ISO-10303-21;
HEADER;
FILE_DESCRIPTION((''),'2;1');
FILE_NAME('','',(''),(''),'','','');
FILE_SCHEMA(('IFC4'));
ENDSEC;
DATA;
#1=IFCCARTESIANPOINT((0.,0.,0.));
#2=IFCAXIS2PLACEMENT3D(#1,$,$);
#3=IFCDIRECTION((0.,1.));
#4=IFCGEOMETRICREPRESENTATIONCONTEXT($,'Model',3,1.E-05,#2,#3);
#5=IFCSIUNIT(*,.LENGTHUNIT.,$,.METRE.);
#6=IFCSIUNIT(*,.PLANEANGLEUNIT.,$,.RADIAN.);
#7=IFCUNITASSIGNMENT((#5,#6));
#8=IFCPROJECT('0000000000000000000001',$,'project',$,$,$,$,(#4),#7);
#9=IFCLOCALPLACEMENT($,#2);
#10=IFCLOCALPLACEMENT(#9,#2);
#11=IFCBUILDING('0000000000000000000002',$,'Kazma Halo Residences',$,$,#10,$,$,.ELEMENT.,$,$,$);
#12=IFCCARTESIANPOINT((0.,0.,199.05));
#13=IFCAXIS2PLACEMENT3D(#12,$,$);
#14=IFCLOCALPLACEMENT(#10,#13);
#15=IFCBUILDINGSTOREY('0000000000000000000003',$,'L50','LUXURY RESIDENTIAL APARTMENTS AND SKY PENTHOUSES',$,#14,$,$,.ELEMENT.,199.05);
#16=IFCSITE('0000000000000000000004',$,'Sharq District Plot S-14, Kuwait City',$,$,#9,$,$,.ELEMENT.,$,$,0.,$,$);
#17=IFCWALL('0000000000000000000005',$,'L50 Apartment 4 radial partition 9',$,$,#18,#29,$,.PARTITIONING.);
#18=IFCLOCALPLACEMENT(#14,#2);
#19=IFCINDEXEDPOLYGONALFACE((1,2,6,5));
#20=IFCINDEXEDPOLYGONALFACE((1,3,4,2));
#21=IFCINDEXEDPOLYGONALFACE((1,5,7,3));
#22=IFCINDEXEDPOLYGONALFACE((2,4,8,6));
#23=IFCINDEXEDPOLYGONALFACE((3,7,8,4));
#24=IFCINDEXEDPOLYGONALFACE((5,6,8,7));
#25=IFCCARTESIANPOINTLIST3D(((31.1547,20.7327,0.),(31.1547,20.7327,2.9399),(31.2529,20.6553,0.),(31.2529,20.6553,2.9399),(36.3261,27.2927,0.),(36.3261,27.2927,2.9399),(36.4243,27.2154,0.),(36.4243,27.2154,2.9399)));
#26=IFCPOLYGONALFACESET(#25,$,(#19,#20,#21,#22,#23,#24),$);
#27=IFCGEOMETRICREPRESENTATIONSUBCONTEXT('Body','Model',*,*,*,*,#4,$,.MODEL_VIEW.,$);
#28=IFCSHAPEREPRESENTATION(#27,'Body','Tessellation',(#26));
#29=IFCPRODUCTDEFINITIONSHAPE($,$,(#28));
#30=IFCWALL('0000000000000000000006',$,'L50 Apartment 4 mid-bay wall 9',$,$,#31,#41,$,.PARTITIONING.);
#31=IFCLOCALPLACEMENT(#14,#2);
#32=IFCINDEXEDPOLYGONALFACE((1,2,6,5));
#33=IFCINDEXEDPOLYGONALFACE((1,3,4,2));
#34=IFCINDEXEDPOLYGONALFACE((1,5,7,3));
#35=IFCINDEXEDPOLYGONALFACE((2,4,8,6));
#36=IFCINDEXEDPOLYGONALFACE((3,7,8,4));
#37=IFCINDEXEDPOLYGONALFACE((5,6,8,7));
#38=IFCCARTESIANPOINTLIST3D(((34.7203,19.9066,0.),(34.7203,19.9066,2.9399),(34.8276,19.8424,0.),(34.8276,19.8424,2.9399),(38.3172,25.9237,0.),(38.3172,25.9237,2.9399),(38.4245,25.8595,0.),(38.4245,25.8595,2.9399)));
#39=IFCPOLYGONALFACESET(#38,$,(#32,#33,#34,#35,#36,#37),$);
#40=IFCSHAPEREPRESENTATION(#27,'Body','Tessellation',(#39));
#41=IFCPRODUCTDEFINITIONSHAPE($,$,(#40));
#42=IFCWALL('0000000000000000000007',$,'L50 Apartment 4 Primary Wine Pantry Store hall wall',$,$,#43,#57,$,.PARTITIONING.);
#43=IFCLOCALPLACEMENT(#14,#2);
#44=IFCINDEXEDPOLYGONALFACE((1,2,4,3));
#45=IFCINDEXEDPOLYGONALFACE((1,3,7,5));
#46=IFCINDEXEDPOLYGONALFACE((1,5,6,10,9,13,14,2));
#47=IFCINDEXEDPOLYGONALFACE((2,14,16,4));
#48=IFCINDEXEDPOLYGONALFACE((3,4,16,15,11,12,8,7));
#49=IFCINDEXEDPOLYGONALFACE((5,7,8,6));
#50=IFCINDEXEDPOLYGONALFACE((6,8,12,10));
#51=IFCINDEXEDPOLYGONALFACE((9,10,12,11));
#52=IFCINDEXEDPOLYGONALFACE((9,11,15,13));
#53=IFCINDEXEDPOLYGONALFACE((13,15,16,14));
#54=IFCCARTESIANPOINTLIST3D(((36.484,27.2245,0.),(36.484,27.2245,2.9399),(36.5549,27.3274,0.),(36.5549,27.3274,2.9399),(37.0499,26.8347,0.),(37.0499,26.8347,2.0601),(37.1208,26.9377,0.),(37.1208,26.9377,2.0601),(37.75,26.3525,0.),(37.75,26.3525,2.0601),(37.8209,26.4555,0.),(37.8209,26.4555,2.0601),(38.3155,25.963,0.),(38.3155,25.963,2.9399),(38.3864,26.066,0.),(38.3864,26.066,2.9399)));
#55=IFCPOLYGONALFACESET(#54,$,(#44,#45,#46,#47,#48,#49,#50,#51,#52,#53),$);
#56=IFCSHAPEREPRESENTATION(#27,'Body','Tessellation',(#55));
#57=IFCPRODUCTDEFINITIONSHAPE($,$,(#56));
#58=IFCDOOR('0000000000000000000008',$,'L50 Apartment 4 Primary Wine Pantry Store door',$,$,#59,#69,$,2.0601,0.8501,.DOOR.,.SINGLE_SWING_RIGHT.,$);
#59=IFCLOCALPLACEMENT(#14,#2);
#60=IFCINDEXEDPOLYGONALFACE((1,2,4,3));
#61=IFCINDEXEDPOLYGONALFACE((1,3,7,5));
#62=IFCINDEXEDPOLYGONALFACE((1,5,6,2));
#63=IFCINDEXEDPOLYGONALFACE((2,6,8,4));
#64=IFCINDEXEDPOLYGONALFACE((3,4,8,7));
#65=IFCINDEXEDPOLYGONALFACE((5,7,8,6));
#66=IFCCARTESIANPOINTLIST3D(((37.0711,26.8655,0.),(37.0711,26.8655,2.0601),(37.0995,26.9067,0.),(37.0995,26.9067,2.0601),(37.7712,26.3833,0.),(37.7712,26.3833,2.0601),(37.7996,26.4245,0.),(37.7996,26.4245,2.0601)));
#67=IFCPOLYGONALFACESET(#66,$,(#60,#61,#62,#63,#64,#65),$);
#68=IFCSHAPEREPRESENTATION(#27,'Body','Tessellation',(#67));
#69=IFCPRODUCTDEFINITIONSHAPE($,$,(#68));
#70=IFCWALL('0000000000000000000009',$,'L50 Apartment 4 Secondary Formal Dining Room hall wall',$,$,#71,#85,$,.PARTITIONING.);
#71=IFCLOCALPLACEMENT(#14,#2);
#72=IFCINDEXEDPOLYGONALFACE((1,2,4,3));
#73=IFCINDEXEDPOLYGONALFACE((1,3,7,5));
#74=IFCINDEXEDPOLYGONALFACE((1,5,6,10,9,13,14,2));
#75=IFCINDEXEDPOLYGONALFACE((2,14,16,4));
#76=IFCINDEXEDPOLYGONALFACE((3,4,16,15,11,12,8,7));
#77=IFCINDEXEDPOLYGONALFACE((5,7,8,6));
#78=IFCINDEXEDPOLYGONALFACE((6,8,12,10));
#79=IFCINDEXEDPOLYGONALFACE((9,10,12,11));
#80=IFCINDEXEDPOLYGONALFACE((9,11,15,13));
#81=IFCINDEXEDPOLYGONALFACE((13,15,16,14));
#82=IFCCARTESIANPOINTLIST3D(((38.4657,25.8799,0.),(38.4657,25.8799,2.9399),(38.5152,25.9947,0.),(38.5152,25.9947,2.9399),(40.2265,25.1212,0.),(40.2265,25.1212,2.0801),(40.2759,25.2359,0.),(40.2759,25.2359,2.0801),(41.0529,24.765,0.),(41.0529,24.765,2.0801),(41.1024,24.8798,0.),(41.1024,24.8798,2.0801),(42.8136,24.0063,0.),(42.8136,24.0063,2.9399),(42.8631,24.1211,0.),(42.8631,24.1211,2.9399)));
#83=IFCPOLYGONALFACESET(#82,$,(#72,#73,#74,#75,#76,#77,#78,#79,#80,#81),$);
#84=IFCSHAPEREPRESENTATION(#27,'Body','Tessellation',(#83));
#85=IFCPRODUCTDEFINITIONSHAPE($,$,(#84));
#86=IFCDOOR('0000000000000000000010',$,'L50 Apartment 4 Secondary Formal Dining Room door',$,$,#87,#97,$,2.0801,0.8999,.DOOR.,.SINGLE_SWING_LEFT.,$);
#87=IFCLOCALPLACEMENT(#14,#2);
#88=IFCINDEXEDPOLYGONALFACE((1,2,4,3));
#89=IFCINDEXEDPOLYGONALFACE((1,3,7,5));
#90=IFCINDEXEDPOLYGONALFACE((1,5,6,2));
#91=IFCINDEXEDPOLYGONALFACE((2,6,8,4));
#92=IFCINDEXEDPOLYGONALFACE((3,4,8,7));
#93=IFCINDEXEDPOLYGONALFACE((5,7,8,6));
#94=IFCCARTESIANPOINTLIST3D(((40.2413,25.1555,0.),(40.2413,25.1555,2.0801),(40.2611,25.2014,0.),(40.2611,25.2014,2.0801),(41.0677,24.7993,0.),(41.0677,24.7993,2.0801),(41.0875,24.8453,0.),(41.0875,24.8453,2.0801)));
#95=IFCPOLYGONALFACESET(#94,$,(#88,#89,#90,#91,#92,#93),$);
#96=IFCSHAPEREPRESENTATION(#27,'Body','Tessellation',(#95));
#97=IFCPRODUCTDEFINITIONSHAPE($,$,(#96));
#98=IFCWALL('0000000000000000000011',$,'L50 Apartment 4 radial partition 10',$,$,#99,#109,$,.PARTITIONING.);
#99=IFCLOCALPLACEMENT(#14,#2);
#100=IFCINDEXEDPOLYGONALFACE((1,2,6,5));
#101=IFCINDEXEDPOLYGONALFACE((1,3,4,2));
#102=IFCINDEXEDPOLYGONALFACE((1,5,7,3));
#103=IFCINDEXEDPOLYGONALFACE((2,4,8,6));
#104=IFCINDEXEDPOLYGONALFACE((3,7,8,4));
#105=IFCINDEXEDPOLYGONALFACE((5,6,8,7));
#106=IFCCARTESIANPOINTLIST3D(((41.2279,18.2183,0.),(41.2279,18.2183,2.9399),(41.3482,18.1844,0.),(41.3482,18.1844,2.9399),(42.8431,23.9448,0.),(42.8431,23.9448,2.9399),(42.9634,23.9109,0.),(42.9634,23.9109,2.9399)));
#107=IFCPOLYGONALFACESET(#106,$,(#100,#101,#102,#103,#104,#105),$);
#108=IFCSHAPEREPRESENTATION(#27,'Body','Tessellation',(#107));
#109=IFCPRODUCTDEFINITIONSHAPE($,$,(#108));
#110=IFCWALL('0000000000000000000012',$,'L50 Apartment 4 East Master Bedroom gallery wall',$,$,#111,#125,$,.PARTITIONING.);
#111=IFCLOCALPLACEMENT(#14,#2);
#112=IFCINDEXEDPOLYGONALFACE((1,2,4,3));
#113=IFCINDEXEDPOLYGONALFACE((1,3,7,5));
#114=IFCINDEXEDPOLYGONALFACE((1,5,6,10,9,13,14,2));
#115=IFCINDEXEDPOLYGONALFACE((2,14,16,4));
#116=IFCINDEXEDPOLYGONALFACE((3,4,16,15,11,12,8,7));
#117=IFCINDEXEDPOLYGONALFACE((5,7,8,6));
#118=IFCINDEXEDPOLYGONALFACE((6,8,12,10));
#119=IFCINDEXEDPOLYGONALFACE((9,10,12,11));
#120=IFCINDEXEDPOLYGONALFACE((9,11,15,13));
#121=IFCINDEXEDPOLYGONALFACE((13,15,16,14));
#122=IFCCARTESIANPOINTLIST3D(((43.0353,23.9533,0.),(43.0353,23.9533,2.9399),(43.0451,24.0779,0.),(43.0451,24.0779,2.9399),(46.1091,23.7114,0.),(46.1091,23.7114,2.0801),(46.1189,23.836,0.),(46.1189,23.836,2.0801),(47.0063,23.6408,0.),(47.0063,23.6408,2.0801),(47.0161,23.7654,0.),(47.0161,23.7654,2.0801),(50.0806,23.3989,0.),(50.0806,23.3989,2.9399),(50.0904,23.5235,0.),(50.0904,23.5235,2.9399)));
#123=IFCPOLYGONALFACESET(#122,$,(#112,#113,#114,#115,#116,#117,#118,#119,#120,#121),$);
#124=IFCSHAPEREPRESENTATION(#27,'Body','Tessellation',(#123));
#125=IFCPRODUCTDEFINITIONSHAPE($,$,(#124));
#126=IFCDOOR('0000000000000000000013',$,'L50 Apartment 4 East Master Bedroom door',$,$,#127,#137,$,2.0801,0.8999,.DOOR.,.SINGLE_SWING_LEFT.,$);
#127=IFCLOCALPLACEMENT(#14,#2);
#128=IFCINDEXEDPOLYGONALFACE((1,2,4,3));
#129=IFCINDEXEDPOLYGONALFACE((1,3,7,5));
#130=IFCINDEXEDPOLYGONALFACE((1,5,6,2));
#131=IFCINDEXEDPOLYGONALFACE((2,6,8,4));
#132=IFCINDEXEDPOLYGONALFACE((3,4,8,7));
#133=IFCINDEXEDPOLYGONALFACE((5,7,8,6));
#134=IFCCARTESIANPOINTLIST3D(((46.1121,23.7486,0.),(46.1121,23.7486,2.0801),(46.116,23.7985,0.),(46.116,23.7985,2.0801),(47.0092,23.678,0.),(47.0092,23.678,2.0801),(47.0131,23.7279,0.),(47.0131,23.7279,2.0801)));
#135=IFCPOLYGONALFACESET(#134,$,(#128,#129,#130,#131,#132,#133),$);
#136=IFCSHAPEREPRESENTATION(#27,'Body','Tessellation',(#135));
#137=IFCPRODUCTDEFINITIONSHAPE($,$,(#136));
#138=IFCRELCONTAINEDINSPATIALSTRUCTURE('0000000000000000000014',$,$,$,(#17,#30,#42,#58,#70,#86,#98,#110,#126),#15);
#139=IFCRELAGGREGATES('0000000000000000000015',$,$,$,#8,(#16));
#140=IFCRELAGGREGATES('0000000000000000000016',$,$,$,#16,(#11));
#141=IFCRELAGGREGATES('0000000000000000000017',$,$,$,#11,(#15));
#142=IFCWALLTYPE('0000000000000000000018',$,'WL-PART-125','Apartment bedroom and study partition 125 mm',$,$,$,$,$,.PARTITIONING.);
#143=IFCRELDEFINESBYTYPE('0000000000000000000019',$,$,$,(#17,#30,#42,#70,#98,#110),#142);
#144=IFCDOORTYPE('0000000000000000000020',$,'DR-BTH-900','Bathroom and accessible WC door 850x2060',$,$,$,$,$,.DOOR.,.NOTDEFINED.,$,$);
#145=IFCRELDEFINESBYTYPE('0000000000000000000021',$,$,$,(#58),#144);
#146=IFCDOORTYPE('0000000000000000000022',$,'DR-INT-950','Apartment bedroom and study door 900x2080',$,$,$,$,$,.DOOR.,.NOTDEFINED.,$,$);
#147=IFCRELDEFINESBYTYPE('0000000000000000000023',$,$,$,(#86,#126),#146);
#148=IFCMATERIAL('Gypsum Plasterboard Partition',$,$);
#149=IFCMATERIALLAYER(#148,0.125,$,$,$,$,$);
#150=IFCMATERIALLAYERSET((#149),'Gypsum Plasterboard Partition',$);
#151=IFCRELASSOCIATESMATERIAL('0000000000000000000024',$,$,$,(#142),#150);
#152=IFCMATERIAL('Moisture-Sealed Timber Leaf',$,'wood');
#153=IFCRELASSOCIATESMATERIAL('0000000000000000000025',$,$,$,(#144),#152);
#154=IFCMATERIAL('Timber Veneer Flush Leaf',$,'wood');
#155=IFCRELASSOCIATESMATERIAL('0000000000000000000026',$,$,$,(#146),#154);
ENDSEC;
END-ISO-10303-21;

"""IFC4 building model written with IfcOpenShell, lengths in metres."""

from ifc_helpers import new_model, si_unit, direction, frame, frame_2d, origin, place, context, subcontext, project, spatial, rectangle, extrude, material, layer, layer_set, type_object, element, fill, save


model = new_model("IFC4")

# Units and contexts
model_context = context("Model", 3, precision=1e-05, world=origin(), true_north=direction((0.0, 1.0)))
body_context = subcontext(model_context, "Body", "Model", "MODEL_VIEW")
ifc_project = project(units=[si_unit("LENGTHUNIT", "METRE"), si_unit("PLANEANGLEUNIT", "RADIAN")], contexts=[model_context])

# Site, building, storey
site_placement = place(None, origin())
site = spatial("IfcSite", under=ifc_project, at=site_placement, Name="Sharq District Plot S-14, Kuwait City", CompositionType="ELEMENT", RefElevation=0.0)
building_placement = place(site_placement, origin())
building = spatial("IfcBuilding", under=site, at=building_placement, Name="Kazma Halo Residences", CompositionType="ELEMENT")
storey_placement = place(building_placement, frame((0.0, 0.0, 199.05)))
storey = spatial("IfcBuildingStorey", under=building, at=storey_placement, Name="L50", Description="LUXURY RESIDENTIAL APARTMENTS AND SKY PENTHOUSES", CompositionType="ELEMENT", Elevation=199.05)

# Walls
ifc_material_1 = material(Name="Gypsum Plasterboard Partition")
ifc_layer_1 = layer(ifc_material_1, 0.125)
ifc_layer_set_1 = layer_set([ifc_layer_1], Name="Gypsum Plasterboard Partition")
wall_type_1 = type_object("IfcWallType", Name="WL-PART-125", Description="Apartment bedroom and study partition 125 mm", PredefinedType="PARTITIONING", material=ifc_layer_set_1)
wall_1_placement = place(storey_placement, frame((36.3752, 27.2542, 0.0), z_axis=(0.0, 0.0, 1.0), x_axis=(-0.619083, -0.785325, 0.0)))
element("IfcWall", 1, at=wall_1_placement, inside=storey, type_object=wall_type_1, Name="L50 Apartment 4 radial partition 9", PredefinedType="PARTITIONING", context=body_context, shape_type="SweptSolid", body=[
    extrude(rectangle(XDim=8.3533, YDim=0.125, at=frame_2d((4.1768, 0.0))), origin(), (0.0, 0.0, 1.0), 2.9399),
])
wall_2_placement = place(storey_placement, frame((38.3708, 25.8916, 0.0), z_axis=(0.0, 0.0, 1.0), x_axis=(-0.513097, -0.858331, 0.0)))
element("IfcWall", 2, at=wall_2_placement, inside=storey, type_object=wall_type_1, Name="L50 Apartment 4 mid-bay wall 9", PredefinedType="PARTITIONING", context=body_context, shape_type="SweptSolid", body=[
    extrude(rectangle(XDim=7.0103, YDim=0.125, at=frame_2d((3.5051, 0.0))), origin(), (0.0, 0.0, 1.0), 2.9399),
])

# Walls, openings, doors
wall_3_placement = place(storey_placement, frame((36.5195, 27.2759, 0.0), z_axis=(0.0, 0.0, 1.0), x_axis=(0.823561, -0.567227, 0.0)))
wall_3 = element("IfcWall", 3, at=wall_3_placement, inside=storey, type_object=wall_type_1, Name="L50 Apartment 4 Primary Wine Pantry Store hall wall", PredefinedType="PARTITIONING", context=body_context, shape_type="SweptSolid", body=[
    extrude(rectangle(XDim=2.2239, YDim=0.125, at=frame_2d((1.1118, 0.0))), origin(), (0.0, 0.0, 1.0), 2.9399),
])
opening_1_placement = place(wall_3_placement, frame((0.687, 0.0, 0.0)))
opening_1 = element("IfcOpeningElement", 4, at=opening_1_placement, cuts=wall_3, PredefinedType="OPENING", context=body_context, shape_type="SweptSolid", body=[
    extrude(rectangle(XDim=0.8501, YDim=2.0601, at=frame_2d((0.425, 1.03))), frame((0.0, 0.0725, 0.0), z_axis=(0.0, -1.0, 0.0), x_axis=(1.0, 0.0, 0.0)), (0.0, 0.0, 1.0), 0.145),
])
ifc_material_2 = material(Name="Moisture-Sealed Timber Leaf", Category="wood")
door_type_1 = type_object("IfcDoorType", Name="DR-BTH-900", Description="Bathroom and accessible WC door 850x2060", OperationType="NOTDEFINED", PredefinedType="DOOR", material=ifc_material_2)
door_1_placement = place(opening_1_placement, origin())
door_1 = element("IfcDoor", 5, at=door_1_placement, inside=storey, type_object=door_type_1, Name="L50 Apartment 4 Primary Wine Pantry Store door", OperationType="SINGLE_SWING_RIGHT", OverallHeight=2.0601, OverallWidth=0.8501, PredefinedType="DOOR", context=body_context, shape_type="SweptSolid", body=[
    extrude(rectangle(XDim=0.8501, YDim=2.0601, at=frame_2d((0.425, 1.03))), frame((0.0, 0.0249, 0.0), z_axis=(0.0, -1.0, 0.0), x_axis=(1.0, 0.0, 0.0)), (0.0, 0.0, 1.0), 0.05),
])
fill(opening_1, door_1)
wall_4_placement = place(storey_placement, frame((38.4905, 25.9373, 0.0), z_axis=(0.0, 0.0, 1.0), x_axis=(0.918367, -0.39573, 0.0)))
wall_4 = element("IfcWall", 6, at=wall_4_placement, inside=storey, type_object=wall_type_1, Name="L50 Apartment 4 Secondary Formal Dining Room hall wall", PredefinedType="PARTITIONING", context=body_context, shape_type="SweptSolid", body=[
    extrude(rectangle(XDim=4.7344, YDim=0.125, at=frame_2d((2.3672, 0.0))), origin(), (0.0, 0.0, 1.0), 2.9399),
])
opening_2_placement = place(wall_4_placement, frame((1.9172, 0.0, 0.0)))
opening_2 = element("IfcOpeningElement", 7, at=opening_2_placement, cuts=wall_4, PredefinedType="OPENING", context=body_context, shape_type="SweptSolid", body=[
    extrude(rectangle(XDim=0.8999, YDim=2.0801, at=frame_2d((0.45, 1.04))), frame((0.0, 0.0725, 0.0), z_axis=(0.0, -1.0, 0.0), x_axis=(1.0, 0.0, 0.0)), (0.0, 0.0, 1.0), 0.145),
])
ifc_material_3 = material(Name="Timber Veneer Flush Leaf", Category="wood")
door_type_2 = type_object("IfcDoorType", Name="DR-INT-950", Description="Apartment bedroom and study door 900x2080", OperationType="NOTDEFINED", PredefinedType="DOOR", material=ifc_material_3)
door_2_placement = place(opening_2_placement, origin())
door_2 = element("IfcDoor", 8, at=door_2_placement, inside=storey, type_object=door_type_2, Name="L50 Apartment 4 Secondary Formal Dining Room door", OperationType="SINGLE_SWING_LEFT", OverallHeight=2.0801, OverallWidth=0.8999, PredefinedType="DOOR", context=body_context, shape_type="SweptSolid", body=[
    extrude(rectangle(XDim=0.8999, YDim=2.0801, at=frame_2d((0.45, 1.04))), frame((0.0, 0.0249, 0.0), z_axis=(0.0, -1.0, 0.0), x_axis=(1.0, 0.0, 0.0)), (0.0, 0.0, 1.0), 0.05),
])
fill(opening_2, door_2)

# Wall
wall_5_placement = place(storey_placement, frame((42.9033, 23.928, 0.0), z_axis=(0.0, 0.0, 1.0), x_axis=(-0.271468, -0.962447, 0.0)))
element("IfcWall", 9, at=wall_5_placement, inside=storey, type_object=wall_type_1, Name="L50 Apartment 4 radial partition 10", PredefinedType="PARTITIONING", context=body_context, shape_type="SweptSolid", body=[
    extrude(rectangle(XDim=5.95, YDim=0.125, at=frame_2d((2.9751, 0.0))), origin(), (0.0, 0.0, 1.0), 2.9399),
])

# Wall, opening, door
wall_6_placement = place(storey_placement, frame((43.04, 24.0156, 0.0), z_axis=(0.0, 0.0, 1.0), x_axis=(0.996918, -0.078453, 0.0)))
wall_6 = element("IfcWall", 10, at=wall_6_placement, inside=storey, type_object=wall_type_1, Name="L50 Apartment 4 East Master Bedroom gallery wall", PredefinedType="PARTITIONING", context=body_context, shape_type="SweptSolid", body=[
    extrude(rectangle(XDim=7.0671, YDim=0.125, at=frame_2d((3.5337, 0.0))), origin(), (0.0, 0.0, 1.0), 2.9399),
])
opening_3_placement = place(wall_6_placement, frame((3.0835, 0.0, 0.0)))
opening_3 = element("IfcOpeningElement", 11, at=opening_3_placement, cuts=wall_6, PredefinedType="OPENING", context=body_context, shape_type="SweptSolid", body=[
    extrude(rectangle(XDim=0.8999, YDim=2.0801, at=frame_2d((0.45, 1.04))), frame((0.0, 0.0725, 0.0), z_axis=(0.0, -1.0, 0.0), x_axis=(1.0, 0.0, 0.0)), (0.0, 0.0, 1.0), 0.145),
])
door_3_placement = place(opening_3_placement, origin())
door_3 = element("IfcDoor", 12, at=door_3_placement, inside=storey, type_object=door_type_2, Name="L50 Apartment 4 East Master Bedroom door", OperationType="SINGLE_SWING_LEFT", OverallHeight=2.0801, OverallWidth=0.8999, PredefinedType="DOOR", context=body_context, shape_type="SweptSolid", body=[
    extrude(rectangle(XDim=0.8999, YDim=2.0801, at=frame_2d((0.45, 1.04))), frame((0.0, 0.0249, 0.0), z_axis=(0.0, -1.0, 0.0), x_axis=(1.0, 0.0, 0.0)), (0.0, 0.0, 1.0), 0.05),
])
fill(opening_3, door_3)

save(model, "model.ifc")
